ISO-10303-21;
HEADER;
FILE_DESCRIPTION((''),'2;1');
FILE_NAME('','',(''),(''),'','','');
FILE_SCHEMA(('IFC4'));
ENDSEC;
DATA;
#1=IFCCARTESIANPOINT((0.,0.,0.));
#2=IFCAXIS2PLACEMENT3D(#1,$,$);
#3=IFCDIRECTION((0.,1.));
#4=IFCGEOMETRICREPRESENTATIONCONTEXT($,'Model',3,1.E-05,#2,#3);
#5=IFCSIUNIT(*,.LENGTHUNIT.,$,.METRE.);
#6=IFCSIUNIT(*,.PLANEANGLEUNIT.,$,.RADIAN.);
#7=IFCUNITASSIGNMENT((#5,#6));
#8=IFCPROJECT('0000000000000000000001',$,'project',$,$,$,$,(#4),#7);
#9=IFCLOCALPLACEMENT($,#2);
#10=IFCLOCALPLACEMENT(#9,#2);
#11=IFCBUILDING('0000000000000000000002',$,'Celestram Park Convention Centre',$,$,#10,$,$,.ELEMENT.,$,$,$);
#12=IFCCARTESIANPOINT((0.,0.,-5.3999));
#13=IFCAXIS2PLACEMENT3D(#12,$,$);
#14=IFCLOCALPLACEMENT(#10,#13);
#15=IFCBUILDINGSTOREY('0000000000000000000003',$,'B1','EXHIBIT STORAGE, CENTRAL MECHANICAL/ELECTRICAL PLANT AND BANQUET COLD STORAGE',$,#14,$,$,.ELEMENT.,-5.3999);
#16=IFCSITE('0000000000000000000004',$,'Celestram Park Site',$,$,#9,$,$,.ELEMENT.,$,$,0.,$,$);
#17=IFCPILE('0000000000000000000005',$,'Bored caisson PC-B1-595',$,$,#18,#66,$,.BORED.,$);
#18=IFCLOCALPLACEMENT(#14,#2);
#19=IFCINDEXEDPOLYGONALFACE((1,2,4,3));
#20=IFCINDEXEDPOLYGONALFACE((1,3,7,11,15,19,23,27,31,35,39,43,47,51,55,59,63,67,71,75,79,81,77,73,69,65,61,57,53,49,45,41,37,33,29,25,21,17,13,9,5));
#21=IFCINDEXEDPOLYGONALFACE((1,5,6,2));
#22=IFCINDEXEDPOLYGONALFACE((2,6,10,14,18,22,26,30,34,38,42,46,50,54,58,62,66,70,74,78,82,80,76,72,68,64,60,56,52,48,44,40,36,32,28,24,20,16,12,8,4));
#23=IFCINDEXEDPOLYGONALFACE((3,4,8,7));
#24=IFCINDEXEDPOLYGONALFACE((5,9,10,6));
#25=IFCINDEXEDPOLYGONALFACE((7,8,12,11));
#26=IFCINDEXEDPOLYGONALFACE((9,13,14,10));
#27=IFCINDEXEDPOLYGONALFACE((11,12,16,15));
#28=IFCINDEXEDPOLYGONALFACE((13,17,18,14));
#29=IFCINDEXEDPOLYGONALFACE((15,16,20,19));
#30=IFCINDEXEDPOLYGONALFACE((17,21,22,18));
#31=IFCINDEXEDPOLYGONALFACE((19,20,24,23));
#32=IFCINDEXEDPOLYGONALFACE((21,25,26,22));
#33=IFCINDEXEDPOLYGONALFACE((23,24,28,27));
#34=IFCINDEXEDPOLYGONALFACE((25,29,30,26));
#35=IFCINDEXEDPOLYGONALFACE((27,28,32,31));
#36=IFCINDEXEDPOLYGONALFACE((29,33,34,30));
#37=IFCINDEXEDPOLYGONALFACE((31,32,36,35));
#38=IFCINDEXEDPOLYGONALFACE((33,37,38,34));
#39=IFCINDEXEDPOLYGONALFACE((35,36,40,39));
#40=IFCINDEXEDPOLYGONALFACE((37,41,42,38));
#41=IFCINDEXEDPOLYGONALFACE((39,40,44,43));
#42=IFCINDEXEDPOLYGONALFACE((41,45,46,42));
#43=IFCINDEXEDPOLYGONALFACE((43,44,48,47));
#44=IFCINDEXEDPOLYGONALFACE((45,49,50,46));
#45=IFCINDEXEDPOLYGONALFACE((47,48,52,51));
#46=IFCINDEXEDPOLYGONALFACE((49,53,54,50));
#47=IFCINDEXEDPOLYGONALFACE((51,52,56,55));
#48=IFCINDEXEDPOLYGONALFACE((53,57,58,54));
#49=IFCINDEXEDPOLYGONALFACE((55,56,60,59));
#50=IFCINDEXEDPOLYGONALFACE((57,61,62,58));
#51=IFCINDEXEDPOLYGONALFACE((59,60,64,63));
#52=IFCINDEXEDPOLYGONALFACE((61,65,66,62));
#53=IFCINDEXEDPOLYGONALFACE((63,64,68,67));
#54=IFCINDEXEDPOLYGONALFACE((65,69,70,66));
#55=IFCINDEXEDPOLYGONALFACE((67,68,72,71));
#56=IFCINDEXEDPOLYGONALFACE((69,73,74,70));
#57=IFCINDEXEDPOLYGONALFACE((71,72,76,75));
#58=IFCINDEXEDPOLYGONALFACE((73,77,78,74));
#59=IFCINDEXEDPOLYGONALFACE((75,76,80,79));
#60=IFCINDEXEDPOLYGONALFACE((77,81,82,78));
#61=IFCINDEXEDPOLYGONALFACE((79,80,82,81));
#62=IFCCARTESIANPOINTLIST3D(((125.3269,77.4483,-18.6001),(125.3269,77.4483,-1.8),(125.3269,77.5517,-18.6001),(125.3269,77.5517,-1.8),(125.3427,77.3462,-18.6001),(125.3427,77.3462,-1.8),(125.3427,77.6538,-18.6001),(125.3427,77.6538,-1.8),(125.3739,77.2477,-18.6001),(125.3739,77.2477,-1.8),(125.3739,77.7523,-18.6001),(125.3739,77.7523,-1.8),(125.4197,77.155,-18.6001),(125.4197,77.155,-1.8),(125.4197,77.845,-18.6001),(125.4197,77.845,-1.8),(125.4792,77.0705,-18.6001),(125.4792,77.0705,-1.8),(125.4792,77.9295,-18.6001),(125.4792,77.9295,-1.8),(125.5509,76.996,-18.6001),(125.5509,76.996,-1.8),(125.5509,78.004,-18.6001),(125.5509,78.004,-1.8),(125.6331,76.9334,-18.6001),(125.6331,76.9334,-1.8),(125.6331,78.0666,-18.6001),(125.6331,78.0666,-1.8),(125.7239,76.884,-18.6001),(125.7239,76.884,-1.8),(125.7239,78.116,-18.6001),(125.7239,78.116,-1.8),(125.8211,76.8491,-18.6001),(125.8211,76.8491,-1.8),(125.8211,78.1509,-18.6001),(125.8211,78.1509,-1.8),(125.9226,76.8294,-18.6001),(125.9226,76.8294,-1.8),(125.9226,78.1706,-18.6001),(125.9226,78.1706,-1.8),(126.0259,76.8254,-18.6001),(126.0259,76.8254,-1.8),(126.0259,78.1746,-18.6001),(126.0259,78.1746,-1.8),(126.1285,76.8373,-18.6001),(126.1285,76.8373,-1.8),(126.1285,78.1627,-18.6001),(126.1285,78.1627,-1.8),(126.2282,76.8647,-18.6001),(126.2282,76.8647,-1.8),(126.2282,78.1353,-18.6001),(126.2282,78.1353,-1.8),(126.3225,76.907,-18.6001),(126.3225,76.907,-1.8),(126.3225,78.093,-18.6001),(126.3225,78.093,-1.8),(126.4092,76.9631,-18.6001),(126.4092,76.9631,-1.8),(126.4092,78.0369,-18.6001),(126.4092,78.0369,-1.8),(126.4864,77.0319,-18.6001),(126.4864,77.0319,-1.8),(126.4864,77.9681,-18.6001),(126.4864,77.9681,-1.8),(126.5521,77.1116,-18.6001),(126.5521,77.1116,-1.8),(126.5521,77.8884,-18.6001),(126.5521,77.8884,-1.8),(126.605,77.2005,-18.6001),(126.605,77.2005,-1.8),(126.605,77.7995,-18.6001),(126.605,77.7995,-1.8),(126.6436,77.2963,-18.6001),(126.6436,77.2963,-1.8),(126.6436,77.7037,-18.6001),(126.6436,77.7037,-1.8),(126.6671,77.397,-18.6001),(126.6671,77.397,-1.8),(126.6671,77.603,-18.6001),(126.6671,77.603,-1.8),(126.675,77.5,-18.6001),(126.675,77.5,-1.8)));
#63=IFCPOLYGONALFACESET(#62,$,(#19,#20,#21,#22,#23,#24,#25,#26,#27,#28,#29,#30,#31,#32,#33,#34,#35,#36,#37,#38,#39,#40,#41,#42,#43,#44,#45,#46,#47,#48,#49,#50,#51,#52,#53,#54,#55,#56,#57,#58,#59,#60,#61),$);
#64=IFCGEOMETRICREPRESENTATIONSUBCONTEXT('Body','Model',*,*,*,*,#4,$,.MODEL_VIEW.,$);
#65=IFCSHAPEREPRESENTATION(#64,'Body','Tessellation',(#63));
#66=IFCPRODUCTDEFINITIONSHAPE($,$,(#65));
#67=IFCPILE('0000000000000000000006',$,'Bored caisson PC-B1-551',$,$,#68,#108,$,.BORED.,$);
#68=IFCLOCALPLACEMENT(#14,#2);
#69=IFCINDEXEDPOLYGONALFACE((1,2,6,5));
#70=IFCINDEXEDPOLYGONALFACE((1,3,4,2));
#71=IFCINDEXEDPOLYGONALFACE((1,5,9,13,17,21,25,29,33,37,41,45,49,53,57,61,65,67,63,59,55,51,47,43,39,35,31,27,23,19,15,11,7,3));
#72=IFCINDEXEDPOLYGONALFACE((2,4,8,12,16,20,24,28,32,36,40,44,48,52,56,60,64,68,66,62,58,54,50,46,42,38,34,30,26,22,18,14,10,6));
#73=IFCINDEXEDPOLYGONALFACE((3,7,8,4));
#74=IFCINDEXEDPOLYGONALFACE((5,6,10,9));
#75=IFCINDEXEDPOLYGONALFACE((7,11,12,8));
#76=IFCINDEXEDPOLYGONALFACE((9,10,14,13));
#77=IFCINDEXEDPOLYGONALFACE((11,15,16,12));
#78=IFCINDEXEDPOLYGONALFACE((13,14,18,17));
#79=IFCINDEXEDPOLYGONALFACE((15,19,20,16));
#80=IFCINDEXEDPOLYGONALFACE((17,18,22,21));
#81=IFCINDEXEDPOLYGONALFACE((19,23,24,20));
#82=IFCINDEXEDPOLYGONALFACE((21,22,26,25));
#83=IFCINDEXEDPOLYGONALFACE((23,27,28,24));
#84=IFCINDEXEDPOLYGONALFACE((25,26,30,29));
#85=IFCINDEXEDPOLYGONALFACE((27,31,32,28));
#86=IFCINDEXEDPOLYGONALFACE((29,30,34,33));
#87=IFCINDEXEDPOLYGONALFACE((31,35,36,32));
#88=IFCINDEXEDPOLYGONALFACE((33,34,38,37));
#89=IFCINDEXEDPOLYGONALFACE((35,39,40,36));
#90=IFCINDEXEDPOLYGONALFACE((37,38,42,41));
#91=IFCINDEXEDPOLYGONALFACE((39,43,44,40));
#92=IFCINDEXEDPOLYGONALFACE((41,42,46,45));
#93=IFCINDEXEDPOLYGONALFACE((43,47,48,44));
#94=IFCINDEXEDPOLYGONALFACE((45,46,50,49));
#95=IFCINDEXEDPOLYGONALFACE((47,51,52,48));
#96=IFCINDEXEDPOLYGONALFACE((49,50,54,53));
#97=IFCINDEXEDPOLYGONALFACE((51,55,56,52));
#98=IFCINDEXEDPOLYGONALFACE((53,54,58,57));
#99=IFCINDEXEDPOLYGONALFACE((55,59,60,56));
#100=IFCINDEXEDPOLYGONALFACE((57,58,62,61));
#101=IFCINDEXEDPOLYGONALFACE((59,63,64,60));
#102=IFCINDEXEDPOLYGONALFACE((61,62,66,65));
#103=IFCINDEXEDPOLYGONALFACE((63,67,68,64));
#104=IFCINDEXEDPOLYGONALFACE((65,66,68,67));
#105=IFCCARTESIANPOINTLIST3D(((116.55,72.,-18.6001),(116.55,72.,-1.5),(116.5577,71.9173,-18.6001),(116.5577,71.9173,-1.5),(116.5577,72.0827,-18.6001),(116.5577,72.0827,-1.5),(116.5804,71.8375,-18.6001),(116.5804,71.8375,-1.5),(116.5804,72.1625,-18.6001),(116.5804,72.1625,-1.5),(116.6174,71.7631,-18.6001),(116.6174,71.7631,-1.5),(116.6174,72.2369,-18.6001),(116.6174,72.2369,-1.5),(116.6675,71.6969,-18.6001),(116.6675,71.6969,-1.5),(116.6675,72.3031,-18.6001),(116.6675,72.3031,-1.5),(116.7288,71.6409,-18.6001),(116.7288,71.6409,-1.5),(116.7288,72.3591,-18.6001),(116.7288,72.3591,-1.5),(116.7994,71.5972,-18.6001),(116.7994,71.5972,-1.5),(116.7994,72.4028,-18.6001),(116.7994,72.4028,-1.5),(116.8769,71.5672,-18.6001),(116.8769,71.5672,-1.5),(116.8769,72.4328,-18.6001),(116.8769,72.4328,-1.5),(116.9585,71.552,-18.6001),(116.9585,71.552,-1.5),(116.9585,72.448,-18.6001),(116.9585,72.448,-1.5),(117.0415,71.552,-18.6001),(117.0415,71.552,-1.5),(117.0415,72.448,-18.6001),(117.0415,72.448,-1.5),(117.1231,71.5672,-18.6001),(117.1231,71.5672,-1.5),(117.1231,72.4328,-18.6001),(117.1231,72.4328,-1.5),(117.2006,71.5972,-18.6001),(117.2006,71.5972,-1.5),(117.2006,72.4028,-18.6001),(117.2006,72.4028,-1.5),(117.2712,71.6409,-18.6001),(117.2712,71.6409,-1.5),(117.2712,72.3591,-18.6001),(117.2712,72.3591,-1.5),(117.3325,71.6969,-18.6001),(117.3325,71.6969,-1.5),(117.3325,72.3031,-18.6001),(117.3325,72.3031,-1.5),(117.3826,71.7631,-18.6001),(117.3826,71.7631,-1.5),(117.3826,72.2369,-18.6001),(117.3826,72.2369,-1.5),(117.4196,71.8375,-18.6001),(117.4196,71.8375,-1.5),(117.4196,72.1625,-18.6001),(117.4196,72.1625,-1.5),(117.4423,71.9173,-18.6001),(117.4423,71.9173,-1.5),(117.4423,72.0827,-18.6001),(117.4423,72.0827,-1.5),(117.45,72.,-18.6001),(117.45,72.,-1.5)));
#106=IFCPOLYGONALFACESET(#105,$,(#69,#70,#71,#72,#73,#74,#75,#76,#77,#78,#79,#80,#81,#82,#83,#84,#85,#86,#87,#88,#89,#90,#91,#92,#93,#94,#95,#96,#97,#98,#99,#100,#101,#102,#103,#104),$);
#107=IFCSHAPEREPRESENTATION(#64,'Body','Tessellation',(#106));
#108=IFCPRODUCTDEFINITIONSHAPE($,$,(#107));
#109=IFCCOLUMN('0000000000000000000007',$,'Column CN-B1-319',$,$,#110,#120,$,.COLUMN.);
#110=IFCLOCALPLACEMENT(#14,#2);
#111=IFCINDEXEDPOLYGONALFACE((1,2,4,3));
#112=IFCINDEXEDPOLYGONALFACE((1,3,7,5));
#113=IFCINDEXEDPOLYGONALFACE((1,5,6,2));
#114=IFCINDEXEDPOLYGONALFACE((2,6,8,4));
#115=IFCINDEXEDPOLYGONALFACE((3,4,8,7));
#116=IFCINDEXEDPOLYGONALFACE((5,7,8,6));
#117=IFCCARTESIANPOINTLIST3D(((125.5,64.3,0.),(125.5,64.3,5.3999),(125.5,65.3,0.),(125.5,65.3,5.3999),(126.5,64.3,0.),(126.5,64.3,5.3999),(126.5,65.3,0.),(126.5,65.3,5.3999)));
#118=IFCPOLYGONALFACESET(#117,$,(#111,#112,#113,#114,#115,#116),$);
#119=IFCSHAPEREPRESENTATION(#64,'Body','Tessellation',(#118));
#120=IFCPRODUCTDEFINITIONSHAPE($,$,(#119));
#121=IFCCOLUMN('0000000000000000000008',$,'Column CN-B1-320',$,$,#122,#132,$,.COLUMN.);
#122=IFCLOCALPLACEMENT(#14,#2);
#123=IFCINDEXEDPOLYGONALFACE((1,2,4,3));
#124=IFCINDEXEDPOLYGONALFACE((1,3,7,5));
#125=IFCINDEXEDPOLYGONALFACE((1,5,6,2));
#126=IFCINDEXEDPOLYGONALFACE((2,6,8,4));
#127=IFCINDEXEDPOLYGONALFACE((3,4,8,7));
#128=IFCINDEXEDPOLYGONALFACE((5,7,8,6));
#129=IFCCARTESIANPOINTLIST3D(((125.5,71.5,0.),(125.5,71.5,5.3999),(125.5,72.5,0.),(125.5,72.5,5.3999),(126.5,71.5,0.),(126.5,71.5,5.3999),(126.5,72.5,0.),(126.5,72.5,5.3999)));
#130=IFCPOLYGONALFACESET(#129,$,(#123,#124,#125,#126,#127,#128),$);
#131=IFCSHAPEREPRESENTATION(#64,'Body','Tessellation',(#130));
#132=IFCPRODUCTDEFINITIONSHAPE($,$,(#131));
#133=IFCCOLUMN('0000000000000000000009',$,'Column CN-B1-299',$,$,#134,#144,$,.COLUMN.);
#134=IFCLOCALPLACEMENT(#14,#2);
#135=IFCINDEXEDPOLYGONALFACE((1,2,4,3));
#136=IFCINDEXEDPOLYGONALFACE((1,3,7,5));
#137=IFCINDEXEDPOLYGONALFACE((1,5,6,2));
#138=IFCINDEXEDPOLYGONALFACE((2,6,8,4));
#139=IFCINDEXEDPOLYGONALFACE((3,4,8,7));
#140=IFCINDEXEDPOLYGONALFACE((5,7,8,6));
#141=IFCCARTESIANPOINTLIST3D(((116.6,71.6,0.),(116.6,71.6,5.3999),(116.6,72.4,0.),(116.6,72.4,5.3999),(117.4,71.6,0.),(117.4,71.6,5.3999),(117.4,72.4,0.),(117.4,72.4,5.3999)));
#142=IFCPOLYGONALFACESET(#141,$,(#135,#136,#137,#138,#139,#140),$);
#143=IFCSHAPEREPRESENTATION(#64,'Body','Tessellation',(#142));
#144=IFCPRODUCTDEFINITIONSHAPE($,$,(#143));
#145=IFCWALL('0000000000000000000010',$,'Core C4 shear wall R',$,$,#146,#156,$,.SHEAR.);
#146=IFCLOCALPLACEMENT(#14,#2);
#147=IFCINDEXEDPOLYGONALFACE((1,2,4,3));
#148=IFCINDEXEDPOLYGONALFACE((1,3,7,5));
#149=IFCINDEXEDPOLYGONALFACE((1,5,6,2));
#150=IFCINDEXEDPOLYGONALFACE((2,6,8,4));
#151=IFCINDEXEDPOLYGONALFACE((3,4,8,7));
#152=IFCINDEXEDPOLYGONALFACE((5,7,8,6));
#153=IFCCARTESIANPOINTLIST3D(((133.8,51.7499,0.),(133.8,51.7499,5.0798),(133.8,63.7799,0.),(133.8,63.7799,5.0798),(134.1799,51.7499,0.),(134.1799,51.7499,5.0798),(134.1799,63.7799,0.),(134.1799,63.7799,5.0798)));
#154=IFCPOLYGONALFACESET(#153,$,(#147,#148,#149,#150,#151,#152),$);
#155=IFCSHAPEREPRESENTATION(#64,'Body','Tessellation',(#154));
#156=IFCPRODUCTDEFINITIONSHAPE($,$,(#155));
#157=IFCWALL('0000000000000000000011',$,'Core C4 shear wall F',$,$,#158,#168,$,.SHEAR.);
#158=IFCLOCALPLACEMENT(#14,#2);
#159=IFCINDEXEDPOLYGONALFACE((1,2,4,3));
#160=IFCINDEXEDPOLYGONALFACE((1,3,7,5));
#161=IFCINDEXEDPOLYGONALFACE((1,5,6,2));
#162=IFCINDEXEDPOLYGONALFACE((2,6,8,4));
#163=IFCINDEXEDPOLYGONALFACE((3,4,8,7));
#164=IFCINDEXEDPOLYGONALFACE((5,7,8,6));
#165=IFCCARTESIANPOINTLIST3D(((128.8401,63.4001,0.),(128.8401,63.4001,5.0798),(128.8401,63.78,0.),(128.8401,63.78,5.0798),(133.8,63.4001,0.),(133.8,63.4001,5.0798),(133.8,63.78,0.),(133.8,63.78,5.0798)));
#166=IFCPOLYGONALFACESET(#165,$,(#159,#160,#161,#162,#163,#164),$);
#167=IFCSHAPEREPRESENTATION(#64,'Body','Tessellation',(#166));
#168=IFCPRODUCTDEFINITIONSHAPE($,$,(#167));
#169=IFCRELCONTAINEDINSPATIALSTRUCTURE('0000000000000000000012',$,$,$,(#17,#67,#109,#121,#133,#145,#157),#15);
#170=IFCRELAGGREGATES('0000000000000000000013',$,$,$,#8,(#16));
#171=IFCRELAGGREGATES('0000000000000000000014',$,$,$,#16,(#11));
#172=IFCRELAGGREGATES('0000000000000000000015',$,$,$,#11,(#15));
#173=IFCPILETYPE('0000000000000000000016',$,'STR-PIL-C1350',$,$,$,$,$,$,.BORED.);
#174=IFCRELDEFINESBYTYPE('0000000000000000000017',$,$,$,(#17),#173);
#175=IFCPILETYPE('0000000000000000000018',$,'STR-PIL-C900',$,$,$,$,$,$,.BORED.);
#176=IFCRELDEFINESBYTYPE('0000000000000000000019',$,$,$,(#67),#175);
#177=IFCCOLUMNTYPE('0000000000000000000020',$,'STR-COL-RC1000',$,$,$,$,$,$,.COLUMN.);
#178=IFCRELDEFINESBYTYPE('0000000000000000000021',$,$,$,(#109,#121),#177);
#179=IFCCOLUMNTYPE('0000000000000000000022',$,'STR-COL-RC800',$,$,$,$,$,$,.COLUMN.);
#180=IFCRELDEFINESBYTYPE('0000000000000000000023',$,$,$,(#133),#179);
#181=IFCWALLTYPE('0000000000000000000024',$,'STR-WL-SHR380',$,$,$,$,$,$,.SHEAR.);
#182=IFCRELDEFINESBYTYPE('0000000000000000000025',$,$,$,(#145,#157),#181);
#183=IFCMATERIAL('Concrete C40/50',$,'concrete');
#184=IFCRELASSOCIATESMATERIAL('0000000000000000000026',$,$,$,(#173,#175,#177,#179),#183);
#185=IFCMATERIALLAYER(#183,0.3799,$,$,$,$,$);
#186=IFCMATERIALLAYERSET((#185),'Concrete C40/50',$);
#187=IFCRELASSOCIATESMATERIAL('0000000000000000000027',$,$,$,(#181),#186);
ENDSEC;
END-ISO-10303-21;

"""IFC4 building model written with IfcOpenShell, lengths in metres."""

from ifc_helpers import new_model, si_unit, direction, frame, frame_2d, origin, origin_2d, place, context, subcontext, project, spatial, rectangle, circle, extrude, material, layer, layer_set, material_profile, profile_set, type_object, element, save


model = new_model("IFC4")

# Units and contexts
model_context = context("Model", 3, precision=1e-05, world=origin(), true_north=direction((0.0, 1.0)))
body_context = subcontext(model_context, "Body", "Model", "MODEL_VIEW")
ifc_project = project(units=[si_unit("LENGTHUNIT", "METRE"), si_unit("PLANEANGLEUNIT", "RADIAN")], contexts=[model_context])

# Site, building, storey
site_placement = place(None, origin())
site = spatial("IfcSite", under=ifc_project, at=site_placement, Name="Celestram Park Site", CompositionType="ELEMENT", RefElevation=0.0)
building_placement = place(site_placement, origin())
building = spatial("IfcBuilding", under=site, at=building_placement, Name="Celestram Park Convention Centre", CompositionType="ELEMENT")
storey_placement = place(building_placement, frame((0.0, 0.0, -5.3999)))
storey = spatial("IfcBuildingStorey", under=building, at=storey_placement, Name="B1", Description="EXHIBIT STORAGE, CENTRAL MECHANICAL/ELECTRICAL PLANT AND BANQUET COLD STORAGE", CompositionType="ELEMENT", Elevation=-5.3999)

# Shared definitions
ifc_material_1 = material(Name="Concrete C40/50", Category="concrete")

# Piles
ifc_material_profile_1 = material_profile(ifc_material_1, circle(Radius=0.675, at=origin_2d()), Name="CAISSON1350")
ifc_profile_set_1 = profile_set([ifc_material_profile_1], Name="Concrete C40/50")
pile_type_1 = type_object("IfcPileType", Name="STR-PIL-C1350", PredefinedType="BORED", material=ifc_profile_set_1)
for number, where, z_axis, x_axis, name in (
    (1, (126.0, 77.5, -1.8), (0.0, 0.0, -1.0), (1.0, 0.0, 0.0), "Bored caisson PC-B1-595"),
):
    element("IfcPile", number, at=place(storey_placement, frame(where, z_axis=z_axis, x_axis=x_axis)), inside=storey, type_object=pile_type_1, Name=name, PredefinedType="BORED", context=body_context, shape_type="SweptSolid", body=[
        extrude(circle(Radius=0.675, at=origin_2d()), origin(), (0.0, 0.0, 1.0), 16.8),
    ])
ifc_material_profile_2 = material_profile(ifc_material_1, circle(Radius=0.45, at=origin_2d()), Name="CAISSON900")
ifc_profile_set_2 = profile_set([ifc_material_profile_2], Name="Concrete C40/50")
pile_type_2 = type_object("IfcPileType", Name="STR-PIL-C900", PredefinedType="BORED", material=ifc_profile_set_2)
pile_placement = place(storey_placement, frame((117.0, 72.0, -1.5), z_axis=(0.0, 0.0, -1.0), x_axis=(1.0, 0.0, 0.0)))
element("IfcPile", 2, at=pile_placement, inside=storey, type_object=pile_type_2, Name="Bored caisson PC-B1-551", PredefinedType="BORED", context=body_context, shape_type="SweptSolid", body=[
    extrude(circle(Radius=0.45, at=origin_2d()), origin(), (0.0, 0.0, 1.0), 17.1001),
])

# Columns
ifc_material_profile_3 = material_profile(ifc_material_1, rectangle(XDim=1.0, YDim=1.0, at=origin_2d()), Name="RC1000X1000")
ifc_profile_set_3 = profile_set([ifc_material_profile_3], Name="Concrete C40/50")
column_type_1 = type_object("IfcColumnType", Name="STR-COL-RC1000", PredefinedType="COLUMN", material=ifc_profile_set_3)
for number, where, z_axis, x_axis, name in (
    (3, (126.0, 64.8, 0.0), (0.0, 0.0, 1.0), (1.0, 0.0, 0.0), "Column CN-B1-319"),
    (4, (126.0, 72.0, 0.0), (0.0, 0.0, 1.0), (1.0, 0.0, 0.0), "Column CN-B1-320"),
):
    element("IfcColumn", number, at=place(storey_placement, frame(where, z_axis=z_axis, x_axis=x_axis)), inside=storey, type_object=column_type_1, Name=name, PredefinedType="COLUMN", context=body_context, shape_type="SweptSolid", body=[
        extrude(rectangle(XDim=1.0, YDim=1.0, at=origin_2d()), origin(), (0.0, 0.0, 1.0), 5.3999),
    ])
ifc_material_profile_4 = material_profile(ifc_material_1, rectangle(XDim=0.8, YDim=0.8, at=origin_2d()), Name="RC800X800")
ifc_profile_set_4 = profile_set([ifc_material_profile_4], Name="Concrete C40/50")
column_type_2 = type_object("IfcColumnType", Name="STR-COL-RC800", PredefinedType="COLUMN", material=ifc_profile_set_4)
column_placement = place(storey_placement, frame((117.0, 72.0, 0.0), z_axis=(0.0, 0.0, 1.0), x_axis=(1.0, 0.0, 0.0)))
element("IfcColumn", 5, at=column_placement, inside=storey, type_object=column_type_2, Name="Column CN-B1-299", PredefinedType="COLUMN", context=body_context, shape_type="SweptSolid", body=[
    extrude(rectangle(XDim=0.8, YDim=0.8, at=origin_2d()), origin(), (0.0, 0.0, 1.0), 5.3999),
])

# Walls
ifc_layer_1 = layer(ifc_material_1, 0.3799)
ifc_layer_set_1 = layer_set([ifc_layer_1], Name="Concrete C40/50")
wall_type = type_object("IfcWallType", Name="STR-WL-SHR380", PredefinedType="SHEAR", material=ifc_layer_set_1)
wall_1_placement = place(storey_placement, frame((133.99, 63.78, 0.0), z_axis=(0.0, 0.0, 1.0), x_axis=(0.0, -1.0, 0.0)))
element("IfcWall", 6, at=wall_1_placement, inside=storey, type_object=wall_type, Name="Core C4 shear wall R", PredefinedType="SHEAR", context=body_context, shape_type="SweptSolid", body=[
    extrude(rectangle(XDim=12.03, YDim=0.3799, at=frame_2d((6.0151, 0.0))), origin(), (0.0, 0.0, 1.0), 5.0798),
])
wall_2_placement = place(storey_placement, frame((128.8401, 63.5901, 0.0), z_axis=(0.0, 0.0, 1.0), x_axis=(1.0, 0.0, 0.0)))
element("IfcWall", 7, at=wall_2_placement, inside=storey, type_object=wall_type, Name="Core C4 shear wall F", PredefinedType="SHEAR", context=body_context, shape_type="SweptSolid", body=[
    extrude(rectangle(XDim=4.96, YDim=0.3799, at=frame_2d((2.48, 0.0))), origin(), (0.0, 0.0, 1.0), 5.0798),
])

save(model, "model.ifc")
